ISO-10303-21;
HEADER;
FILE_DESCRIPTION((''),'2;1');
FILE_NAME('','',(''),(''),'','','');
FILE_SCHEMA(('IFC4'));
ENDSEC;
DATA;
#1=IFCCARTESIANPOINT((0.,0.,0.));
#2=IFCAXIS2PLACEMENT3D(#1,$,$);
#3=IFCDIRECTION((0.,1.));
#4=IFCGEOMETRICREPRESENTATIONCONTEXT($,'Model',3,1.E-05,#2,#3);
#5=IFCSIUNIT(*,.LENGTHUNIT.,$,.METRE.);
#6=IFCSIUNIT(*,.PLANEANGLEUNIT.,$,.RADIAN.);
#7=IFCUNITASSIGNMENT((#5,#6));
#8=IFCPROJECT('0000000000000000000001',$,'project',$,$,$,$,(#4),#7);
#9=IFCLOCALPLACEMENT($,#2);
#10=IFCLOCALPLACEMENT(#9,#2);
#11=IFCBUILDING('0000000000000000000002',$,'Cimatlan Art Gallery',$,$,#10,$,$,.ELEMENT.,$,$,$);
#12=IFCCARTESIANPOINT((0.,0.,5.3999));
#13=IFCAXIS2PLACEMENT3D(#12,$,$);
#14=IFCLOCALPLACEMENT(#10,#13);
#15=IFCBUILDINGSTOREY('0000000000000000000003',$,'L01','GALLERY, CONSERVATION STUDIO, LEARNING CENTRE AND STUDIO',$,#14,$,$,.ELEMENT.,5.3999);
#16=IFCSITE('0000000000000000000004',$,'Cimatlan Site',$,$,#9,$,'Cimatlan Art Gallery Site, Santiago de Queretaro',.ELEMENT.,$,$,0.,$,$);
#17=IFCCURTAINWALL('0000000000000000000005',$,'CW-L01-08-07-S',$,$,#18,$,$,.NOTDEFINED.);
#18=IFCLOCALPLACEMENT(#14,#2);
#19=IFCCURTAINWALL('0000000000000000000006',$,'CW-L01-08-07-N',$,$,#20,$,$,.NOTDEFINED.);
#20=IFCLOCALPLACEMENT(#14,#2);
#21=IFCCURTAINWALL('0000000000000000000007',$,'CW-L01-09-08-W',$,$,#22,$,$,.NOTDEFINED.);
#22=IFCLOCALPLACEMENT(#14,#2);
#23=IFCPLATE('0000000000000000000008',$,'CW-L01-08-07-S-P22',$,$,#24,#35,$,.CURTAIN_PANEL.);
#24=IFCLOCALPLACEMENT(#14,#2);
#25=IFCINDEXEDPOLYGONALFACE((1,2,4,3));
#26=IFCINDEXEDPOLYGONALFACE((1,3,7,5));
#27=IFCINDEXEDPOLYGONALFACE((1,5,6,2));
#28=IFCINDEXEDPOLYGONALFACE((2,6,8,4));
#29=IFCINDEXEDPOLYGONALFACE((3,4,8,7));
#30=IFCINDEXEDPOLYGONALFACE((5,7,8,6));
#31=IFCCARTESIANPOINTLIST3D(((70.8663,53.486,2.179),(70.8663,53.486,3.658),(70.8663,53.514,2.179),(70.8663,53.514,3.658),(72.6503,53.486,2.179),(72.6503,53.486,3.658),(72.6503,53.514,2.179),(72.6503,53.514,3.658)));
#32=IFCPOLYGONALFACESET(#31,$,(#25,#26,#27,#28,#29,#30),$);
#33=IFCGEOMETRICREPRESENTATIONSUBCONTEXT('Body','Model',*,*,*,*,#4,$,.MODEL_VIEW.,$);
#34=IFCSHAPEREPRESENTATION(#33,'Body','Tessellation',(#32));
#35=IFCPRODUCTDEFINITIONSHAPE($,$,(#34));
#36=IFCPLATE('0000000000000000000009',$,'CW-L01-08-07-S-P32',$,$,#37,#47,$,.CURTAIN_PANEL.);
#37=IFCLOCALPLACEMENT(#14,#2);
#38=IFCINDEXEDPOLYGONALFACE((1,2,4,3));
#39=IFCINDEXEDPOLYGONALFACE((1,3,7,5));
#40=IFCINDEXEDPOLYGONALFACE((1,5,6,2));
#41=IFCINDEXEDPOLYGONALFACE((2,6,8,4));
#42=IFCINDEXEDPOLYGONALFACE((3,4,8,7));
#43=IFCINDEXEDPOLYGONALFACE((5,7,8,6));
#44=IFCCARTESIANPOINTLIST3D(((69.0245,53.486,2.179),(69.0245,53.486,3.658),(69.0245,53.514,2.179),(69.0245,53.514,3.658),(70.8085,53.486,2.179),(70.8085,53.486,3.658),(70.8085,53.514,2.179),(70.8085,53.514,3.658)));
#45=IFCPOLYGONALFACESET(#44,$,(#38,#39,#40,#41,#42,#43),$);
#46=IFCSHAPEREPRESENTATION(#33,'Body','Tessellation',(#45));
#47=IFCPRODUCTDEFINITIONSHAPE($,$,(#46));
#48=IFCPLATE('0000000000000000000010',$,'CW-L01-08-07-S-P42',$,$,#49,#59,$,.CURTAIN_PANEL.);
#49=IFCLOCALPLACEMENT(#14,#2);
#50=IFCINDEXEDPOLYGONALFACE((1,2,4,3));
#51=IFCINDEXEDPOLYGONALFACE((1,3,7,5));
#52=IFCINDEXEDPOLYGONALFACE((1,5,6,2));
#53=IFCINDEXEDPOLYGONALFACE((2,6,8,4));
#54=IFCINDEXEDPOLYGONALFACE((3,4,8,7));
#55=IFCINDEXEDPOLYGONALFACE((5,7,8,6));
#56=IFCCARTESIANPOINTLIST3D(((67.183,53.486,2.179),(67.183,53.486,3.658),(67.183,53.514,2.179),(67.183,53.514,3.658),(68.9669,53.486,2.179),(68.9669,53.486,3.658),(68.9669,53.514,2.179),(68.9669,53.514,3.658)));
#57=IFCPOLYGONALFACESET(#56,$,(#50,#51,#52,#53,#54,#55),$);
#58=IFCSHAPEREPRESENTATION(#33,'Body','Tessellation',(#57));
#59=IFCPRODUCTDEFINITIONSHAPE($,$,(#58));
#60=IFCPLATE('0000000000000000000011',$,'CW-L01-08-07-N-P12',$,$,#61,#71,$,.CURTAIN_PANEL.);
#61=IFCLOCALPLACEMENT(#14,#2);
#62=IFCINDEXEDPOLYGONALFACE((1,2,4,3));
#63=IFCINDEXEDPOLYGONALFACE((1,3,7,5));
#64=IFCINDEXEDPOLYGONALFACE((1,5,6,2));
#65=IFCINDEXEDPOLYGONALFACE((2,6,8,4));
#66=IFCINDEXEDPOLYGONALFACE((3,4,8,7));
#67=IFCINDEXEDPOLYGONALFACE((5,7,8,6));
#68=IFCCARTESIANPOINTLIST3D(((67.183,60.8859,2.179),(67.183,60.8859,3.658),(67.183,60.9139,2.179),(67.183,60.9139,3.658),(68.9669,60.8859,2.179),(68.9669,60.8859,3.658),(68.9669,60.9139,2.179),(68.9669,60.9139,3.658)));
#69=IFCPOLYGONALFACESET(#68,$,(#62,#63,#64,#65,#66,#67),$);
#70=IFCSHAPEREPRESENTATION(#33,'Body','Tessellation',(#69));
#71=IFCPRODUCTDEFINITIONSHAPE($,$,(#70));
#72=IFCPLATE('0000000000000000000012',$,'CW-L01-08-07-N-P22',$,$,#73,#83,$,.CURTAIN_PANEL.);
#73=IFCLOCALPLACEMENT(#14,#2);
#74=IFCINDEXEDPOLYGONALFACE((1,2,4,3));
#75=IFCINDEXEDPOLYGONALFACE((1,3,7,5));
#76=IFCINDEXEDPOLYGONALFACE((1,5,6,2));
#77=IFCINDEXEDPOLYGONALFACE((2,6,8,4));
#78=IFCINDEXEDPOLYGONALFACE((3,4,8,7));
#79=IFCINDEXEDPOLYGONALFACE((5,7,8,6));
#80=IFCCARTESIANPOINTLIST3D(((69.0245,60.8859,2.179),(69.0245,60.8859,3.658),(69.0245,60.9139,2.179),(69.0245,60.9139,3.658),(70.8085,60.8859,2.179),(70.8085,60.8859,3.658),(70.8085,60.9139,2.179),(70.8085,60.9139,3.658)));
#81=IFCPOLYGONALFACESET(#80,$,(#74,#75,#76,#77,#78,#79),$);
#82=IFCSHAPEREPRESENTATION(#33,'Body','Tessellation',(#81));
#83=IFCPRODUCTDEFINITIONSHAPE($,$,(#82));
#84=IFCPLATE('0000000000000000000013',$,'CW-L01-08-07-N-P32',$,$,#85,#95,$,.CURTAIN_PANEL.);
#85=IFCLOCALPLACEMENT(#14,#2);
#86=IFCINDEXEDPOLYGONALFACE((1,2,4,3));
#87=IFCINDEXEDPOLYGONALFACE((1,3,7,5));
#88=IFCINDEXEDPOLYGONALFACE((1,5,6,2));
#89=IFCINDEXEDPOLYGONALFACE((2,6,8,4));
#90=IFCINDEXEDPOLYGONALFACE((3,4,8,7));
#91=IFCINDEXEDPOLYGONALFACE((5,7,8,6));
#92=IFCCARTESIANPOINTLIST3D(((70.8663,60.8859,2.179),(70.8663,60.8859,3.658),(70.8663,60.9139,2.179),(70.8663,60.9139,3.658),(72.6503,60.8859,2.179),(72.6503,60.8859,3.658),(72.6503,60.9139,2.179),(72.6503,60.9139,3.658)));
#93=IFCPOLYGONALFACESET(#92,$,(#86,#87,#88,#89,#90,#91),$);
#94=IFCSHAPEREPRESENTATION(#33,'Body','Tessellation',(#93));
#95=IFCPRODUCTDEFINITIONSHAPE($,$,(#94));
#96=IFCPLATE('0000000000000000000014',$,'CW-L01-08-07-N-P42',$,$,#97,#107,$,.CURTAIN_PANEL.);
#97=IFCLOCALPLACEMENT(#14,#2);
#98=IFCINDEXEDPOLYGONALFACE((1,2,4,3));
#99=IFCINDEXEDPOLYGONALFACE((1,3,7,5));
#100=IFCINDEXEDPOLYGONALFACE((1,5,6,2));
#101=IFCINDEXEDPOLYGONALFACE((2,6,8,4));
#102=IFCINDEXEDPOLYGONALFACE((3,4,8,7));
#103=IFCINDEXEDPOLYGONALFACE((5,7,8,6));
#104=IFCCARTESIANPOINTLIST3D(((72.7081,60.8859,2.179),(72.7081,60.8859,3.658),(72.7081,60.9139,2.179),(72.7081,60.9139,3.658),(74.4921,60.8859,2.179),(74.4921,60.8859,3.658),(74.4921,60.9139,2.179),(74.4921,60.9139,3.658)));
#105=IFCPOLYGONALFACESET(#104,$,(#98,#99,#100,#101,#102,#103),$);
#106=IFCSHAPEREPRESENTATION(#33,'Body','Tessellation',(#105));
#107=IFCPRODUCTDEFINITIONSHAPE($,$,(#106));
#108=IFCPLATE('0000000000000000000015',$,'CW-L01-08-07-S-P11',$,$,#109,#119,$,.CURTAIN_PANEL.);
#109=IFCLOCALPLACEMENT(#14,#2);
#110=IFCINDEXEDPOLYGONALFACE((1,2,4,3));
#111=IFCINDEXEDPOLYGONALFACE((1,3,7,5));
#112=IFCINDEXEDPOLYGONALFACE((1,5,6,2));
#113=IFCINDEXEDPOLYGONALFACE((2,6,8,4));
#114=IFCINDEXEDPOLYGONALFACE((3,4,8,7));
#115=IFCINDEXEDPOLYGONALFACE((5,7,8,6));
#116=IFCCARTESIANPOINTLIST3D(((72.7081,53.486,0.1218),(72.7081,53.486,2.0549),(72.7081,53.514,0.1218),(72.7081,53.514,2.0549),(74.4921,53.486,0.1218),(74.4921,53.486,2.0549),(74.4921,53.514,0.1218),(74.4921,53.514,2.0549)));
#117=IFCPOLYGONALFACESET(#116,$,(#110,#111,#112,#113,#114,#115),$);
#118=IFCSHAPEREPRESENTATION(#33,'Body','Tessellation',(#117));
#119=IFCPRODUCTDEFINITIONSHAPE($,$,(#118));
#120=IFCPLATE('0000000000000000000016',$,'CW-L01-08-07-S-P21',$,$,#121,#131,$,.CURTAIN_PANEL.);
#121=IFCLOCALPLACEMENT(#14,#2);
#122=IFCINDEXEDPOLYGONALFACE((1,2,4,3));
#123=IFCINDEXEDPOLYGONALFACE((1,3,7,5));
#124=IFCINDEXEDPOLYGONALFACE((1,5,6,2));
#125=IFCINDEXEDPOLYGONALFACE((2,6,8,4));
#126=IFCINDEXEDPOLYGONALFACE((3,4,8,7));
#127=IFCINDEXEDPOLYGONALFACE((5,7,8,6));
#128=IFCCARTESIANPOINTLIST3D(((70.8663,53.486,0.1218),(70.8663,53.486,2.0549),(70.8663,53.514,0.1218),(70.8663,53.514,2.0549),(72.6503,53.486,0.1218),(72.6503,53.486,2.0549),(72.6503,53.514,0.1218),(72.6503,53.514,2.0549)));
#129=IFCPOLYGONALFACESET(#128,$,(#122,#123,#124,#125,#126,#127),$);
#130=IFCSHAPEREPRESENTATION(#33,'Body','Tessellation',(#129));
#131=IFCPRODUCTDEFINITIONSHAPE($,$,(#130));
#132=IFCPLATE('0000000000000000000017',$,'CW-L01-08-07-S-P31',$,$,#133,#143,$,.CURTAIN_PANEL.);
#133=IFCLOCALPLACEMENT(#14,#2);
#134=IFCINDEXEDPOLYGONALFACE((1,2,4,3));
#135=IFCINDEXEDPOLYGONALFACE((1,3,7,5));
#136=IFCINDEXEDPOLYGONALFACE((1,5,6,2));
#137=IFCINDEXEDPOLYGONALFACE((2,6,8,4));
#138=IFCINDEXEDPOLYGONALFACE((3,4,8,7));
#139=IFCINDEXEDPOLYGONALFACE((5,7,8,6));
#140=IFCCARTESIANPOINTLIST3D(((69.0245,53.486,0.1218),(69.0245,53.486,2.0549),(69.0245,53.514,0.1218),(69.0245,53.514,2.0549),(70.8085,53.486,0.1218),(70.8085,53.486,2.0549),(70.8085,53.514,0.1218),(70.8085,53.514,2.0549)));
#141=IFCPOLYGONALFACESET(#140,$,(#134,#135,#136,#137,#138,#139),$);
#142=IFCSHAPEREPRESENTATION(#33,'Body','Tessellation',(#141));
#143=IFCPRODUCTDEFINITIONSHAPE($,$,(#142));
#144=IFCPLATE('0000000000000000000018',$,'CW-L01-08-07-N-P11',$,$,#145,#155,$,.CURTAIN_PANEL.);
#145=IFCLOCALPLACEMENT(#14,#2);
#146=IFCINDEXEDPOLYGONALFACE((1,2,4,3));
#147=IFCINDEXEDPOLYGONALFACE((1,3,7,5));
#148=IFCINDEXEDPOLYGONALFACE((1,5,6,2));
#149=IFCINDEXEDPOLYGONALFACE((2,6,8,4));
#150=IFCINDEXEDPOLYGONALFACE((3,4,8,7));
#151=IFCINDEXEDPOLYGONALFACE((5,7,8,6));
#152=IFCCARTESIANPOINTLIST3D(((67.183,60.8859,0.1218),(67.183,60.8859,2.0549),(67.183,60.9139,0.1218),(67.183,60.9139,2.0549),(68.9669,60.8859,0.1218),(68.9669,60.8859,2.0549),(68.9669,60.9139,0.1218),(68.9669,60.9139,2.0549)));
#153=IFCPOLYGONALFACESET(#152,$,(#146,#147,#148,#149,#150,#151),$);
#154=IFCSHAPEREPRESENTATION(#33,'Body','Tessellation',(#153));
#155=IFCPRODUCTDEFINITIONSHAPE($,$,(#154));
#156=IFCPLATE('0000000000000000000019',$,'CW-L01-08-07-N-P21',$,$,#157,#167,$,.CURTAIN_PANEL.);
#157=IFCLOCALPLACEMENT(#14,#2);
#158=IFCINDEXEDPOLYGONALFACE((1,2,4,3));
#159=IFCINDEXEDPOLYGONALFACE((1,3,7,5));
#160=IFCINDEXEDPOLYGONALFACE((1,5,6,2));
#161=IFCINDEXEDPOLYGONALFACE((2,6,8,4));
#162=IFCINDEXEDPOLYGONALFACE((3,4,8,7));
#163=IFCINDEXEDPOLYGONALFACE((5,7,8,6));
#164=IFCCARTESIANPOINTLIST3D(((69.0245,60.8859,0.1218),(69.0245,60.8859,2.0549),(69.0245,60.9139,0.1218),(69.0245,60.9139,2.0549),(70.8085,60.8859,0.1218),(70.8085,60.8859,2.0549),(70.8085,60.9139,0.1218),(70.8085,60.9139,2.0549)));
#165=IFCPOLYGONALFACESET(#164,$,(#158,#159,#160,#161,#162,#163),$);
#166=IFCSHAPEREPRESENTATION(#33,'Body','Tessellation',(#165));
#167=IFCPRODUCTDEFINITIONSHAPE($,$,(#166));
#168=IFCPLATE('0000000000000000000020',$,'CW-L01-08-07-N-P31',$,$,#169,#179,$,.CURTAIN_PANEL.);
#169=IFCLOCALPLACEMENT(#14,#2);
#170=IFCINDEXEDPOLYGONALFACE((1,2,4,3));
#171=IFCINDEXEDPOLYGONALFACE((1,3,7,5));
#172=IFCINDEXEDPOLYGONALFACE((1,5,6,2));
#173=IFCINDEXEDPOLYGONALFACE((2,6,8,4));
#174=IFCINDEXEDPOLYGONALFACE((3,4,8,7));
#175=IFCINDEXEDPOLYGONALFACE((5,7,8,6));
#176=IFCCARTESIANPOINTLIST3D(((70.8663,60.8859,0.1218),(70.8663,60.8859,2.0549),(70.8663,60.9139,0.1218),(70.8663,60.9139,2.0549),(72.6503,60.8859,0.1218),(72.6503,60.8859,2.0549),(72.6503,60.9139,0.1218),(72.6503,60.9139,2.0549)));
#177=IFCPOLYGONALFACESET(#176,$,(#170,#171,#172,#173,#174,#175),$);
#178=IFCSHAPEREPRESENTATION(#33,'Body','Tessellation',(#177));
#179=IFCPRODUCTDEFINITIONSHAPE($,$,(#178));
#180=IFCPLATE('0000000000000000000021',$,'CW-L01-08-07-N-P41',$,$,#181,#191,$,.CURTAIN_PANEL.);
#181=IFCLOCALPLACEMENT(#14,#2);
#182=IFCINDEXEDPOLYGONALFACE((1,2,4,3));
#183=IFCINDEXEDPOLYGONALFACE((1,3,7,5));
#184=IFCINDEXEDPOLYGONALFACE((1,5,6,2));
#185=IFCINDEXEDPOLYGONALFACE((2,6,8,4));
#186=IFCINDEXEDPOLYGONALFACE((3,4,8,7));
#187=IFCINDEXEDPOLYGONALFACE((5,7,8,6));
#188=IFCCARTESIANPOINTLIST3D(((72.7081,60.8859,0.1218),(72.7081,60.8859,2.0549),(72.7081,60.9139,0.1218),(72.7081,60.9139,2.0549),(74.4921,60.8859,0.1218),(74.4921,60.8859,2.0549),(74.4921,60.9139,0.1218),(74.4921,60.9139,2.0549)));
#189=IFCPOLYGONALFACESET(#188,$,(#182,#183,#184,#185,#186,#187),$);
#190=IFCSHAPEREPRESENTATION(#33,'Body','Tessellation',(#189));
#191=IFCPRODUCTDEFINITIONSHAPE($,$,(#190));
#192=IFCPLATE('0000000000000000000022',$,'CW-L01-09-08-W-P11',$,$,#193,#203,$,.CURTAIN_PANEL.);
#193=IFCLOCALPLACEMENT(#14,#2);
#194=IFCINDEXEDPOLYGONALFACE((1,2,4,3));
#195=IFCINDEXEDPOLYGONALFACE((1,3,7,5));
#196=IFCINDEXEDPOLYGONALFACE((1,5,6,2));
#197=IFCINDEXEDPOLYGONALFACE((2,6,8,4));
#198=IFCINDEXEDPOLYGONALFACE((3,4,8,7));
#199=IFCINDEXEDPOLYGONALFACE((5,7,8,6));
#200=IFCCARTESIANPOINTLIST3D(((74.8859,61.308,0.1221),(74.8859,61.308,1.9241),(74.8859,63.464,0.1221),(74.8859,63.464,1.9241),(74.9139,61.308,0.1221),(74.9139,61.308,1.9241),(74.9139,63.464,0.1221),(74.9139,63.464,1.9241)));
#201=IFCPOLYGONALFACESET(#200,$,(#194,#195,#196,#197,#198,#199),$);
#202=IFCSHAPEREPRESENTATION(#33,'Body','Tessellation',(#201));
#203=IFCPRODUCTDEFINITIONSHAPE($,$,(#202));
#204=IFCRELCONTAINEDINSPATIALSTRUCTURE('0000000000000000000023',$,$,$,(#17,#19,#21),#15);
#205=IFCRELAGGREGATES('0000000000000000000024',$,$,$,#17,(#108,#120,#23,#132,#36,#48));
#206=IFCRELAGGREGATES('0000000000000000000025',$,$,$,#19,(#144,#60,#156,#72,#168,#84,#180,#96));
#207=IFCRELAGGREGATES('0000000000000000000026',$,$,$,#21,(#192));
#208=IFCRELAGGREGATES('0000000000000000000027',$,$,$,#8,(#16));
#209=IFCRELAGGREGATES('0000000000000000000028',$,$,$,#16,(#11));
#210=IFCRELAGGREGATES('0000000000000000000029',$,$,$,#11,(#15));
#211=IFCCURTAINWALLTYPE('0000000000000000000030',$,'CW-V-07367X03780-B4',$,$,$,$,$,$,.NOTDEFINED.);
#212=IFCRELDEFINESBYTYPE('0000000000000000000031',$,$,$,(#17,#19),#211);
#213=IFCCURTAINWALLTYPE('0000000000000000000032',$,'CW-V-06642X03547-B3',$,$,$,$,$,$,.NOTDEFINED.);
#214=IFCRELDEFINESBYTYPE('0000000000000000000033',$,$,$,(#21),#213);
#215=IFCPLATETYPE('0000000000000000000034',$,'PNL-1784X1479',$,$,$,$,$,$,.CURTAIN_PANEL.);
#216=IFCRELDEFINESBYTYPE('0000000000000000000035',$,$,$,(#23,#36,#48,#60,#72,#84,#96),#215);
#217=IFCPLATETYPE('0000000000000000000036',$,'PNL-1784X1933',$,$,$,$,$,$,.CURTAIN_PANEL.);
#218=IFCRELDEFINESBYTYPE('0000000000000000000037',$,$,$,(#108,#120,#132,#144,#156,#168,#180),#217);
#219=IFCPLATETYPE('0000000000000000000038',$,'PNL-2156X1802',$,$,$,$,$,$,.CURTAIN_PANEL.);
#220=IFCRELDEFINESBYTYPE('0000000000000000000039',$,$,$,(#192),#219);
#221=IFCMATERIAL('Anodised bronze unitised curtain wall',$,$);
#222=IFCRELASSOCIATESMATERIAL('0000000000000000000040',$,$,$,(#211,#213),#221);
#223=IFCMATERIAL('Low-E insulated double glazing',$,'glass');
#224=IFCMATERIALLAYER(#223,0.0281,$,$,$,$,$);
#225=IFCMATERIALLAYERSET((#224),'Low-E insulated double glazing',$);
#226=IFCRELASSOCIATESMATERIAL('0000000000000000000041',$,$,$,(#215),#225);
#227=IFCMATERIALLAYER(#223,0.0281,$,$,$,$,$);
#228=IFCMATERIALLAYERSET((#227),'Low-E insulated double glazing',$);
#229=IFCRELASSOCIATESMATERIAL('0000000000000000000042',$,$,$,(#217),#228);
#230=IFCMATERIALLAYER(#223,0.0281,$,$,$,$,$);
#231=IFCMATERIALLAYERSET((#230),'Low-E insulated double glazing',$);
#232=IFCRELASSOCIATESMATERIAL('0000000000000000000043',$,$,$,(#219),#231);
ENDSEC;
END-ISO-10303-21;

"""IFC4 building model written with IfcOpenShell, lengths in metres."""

from ifc_helpers import new_model, si_unit, direction, frame, origin, origin_2d, place, context, subcontext, project, spatial, rectangle, extrude, material, layer, layer_set, type_object, element, aggregate, save


model = new_model("IFC4")

# Units and contexts
model_context = context("Model", 3, precision=1e-05, world=origin(), true_north=direction((0.0, 1.0)))
body_context = subcontext(model_context, "Body", "Model", "MODEL_VIEW")
ifc_project = project(units=[si_unit("LENGTHUNIT", "METRE"), si_unit("PLANEANGLEUNIT", "RADIAN")], contexts=[model_context])

# Site, building, storey
site_placement = place(None, origin())
site = spatial("IfcSite", under=ifc_project, at=site_placement, Name="Cimatlan Site", LongName="Cimatlan Art Gallery Site, Santiago de Queretaro", CompositionType="ELEMENT", RefElevation=0.0)
building_placement = place(site_placement, origin())
building = spatial("IfcBuilding", under=site, at=building_placement, Name="Cimatlan Art Gallery", CompositionType="ELEMENT")
storey_placement = place(building_placement, frame((0.0, 0.0, 5.3999)))
storey = spatial("IfcBuildingStorey", under=building, at=storey_placement, Name="L01", Description="GALLERY, CONSERVATION STUDIO, LEARNING CENTRE AND STUDIO", CompositionType="ELEMENT", Elevation=5.3999)

# Curtain walls
ifc_material_1 = material(Name="Anodised bronze unitised curtain wall")
curtain_wall_type_1 = type_object("IfcCurtainWallType", Name="CW-V-07367X03780-B4", PredefinedType="NOTDEFINED", material=ifc_material_1)
curtain_wall_1_placement = place(storey_placement, origin())
curtain_wall_1 = element("IfcCurtainWall", 1, at=curtain_wall_1_placement, inside=storey, type_object=curtain_wall_type_1, Name="CW-L01-08-07-S", PredefinedType="NOTDEFINED")
curtain_wall_2_placement = place(storey_placement, origin())
curtain_wall_2 = element("IfcCurtainWall", 2, at=curtain_wall_2_placement, inside=storey, type_object=curtain_wall_type_1, Name="CW-L01-08-07-N", PredefinedType="NOTDEFINED")

# Curtain wall
curtain_wall_type_2 = type_object("IfcCurtainWallType", Name="CW-V-06642X03547-B3", PredefinedType="NOTDEFINED", material=ifc_material_1)
curtain_wall_3_placement = place(storey_placement, origin())
curtain_wall_3 = element("IfcCurtainWall", 3, at=curtain_wall_3_placement, inside=storey, type_object=curtain_wall_type_2, Name="CW-L01-09-08-W", PredefinedType="NOTDEFINED")

# Plates
ifc_material_2 = material(Name="Low-E insulated double glazing", Category="glass")
ifc_layer_1 = layer(ifc_material_2, 0.0281)
ifc_layer_set_1 = layer_set([ifc_layer_1], Name="Low-E insulated double glazing")
plate_type_1 = type_object("IfcPlateType", Name="PNL-1784X1479", PredefinedType="CURTAIN_PANEL", material=ifc_layer_set_1)
plate_1_placement = place(storey_placement, frame((71.7583, 53.5, 2.179), z_axis=(0.0, 0.0, 1.0), x_axis=(-1.0, 0.0, 0.0)))
plate_1 = element("IfcPlate", 4, at=plate_1_placement, type_object=plate_type_1, Name="CW-L01-08-07-S-P22", PredefinedType="CURTAIN_PANEL", context=body_context, shape_type="SweptSolid", body=[
    extrude(rectangle(XDim=1.7839, YDim=0.0281, at=origin_2d()), origin(), (0.0, 0.0, 1.0), 1.479),
])
plate_2_placement = place(storey_placement, frame((69.9165, 53.5, 2.179), z_axis=(0.0, 0.0, 1.0), x_axis=(-1.0, 0.0, 0.0)))
plate_2 = element("IfcPlate", 5, at=plate_2_placement, type_object=plate_type_1, Name="CW-L01-08-07-S-P32", PredefinedType="CURTAIN_PANEL", context=body_context, shape_type="SweptSolid", body=[
    extrude(rectangle(XDim=1.7839, YDim=0.0281, at=origin_2d()), origin(), (0.0, 0.0, 1.0), 1.479),
])
plate_3_placement = place(storey_placement, frame((68.075, 53.5, 2.179), z_axis=(0.0, 0.0, 1.0), x_axis=(-1.0, 0.0, 0.0)))
plate_3 = element("IfcPlate", 6, at=plate_3_placement, type_object=plate_type_1, Name="CW-L01-08-07-S-P42", PredefinedType="CURTAIN_PANEL", context=body_context, shape_type="SweptSolid", body=[
    extrude(rectangle(XDim=1.7839, YDim=0.0281, at=origin_2d()), origin(), (0.0, 0.0, 1.0), 1.479),
])
plate_4_placement = place(storey_placement, frame((68.075, 60.8999, 2.179), z_axis=(0.0, 0.0, 1.0), x_axis=(1.0, 0.0, 0.0)))
plate_4 = element("IfcPlate", 7, at=plate_4_placement, type_object=plate_type_1, Name="CW-L01-08-07-N-P12", PredefinedType="CURTAIN_PANEL", context=body_context, shape_type="SweptSolid", body=[
    extrude(rectangle(XDim=1.7839, YDim=0.0281, at=origin_2d()), origin(), (0.0, 0.0, 1.0), 1.479),
])
plate_5_placement = place(storey_placement, frame((69.9165, 60.8999, 2.179), z_axis=(0.0, 0.0, 1.0), x_axis=(1.0, 0.0, 0.0)))
plate_5 = element("IfcPlate", 8, at=plate_5_placement, type_object=plate_type_1, Name="CW-L01-08-07-N-P22", PredefinedType="CURTAIN_PANEL", context=body_context, shape_type="SweptSolid", body=[
    extrude(rectangle(XDim=1.7839, YDim=0.0281, at=origin_2d()), origin(), (0.0, 0.0, 1.0), 1.479),
])
plate_6_placement = place(storey_placement, frame((71.7583, 60.8999, 2.179), z_axis=(0.0, 0.0, 1.0), x_axis=(1.0, 0.0, 0.0)))
plate_6 = element("IfcPlate", 9, at=plate_6_placement, type_object=plate_type_1, Name="CW-L01-08-07-N-P32", PredefinedType="CURTAIN_PANEL", context=body_context, shape_type="SweptSolid", body=[
    extrude(rectangle(XDim=1.7839, YDim=0.0281, at=origin_2d()), origin(), (0.0, 0.0, 1.0), 1.479),
])
plate_7_placement = place(storey_placement, frame((73.6001, 60.8999, 2.179), z_axis=(0.0, 0.0, 1.0), x_axis=(1.0, 0.0, 0.0)))
plate_7 = element("IfcPlate", 10, at=plate_7_placement, type_object=plate_type_1, Name="CW-L01-08-07-N-P42", PredefinedType="CURTAIN_PANEL", context=body_context, shape_type="SweptSolid", body=[
    extrude(rectangle(XDim=1.7839, YDim=0.0281, at=origin_2d()), origin(), (0.0, 0.0, 1.0), 1.479),
])
ifc_layer_2 = layer(ifc_material_2, 0.0281)
ifc_layer_set_2 = layer_set([ifc_layer_2], Name="Low-E insulated double glazing")
plate_type_2 = type_object("IfcPlateType", Name="PNL-1784X1933", PredefinedType="CURTAIN_PANEL", material=ifc_layer_set_2)
plate_8_placement = place(storey_placement, frame((73.6001, 53.5, 0.1218), z_axis=(0.0, 0.0, 1.0), x_axis=(-1.0, 0.0, 0.0)))
plate_8 = element("IfcPlate", 11, at=plate_8_placement, type_object=plate_type_2, Name="CW-L01-08-07-S-P11", PredefinedType="CURTAIN_PANEL", context=body_context, shape_type="SweptSolid", body=[
    extrude(rectangle(XDim=1.7839, YDim=0.0281, at=origin_2d()), origin(), (0.0, 0.0, 1.0), 1.9331),
])
plate_9_placement = place(storey_placement, frame((71.7583, 53.5, 0.1218), z_axis=(0.0, 0.0, 1.0), x_axis=(-1.0, 0.0, 0.0)))
plate_9 = element("IfcPlate", 12, at=plate_9_placement, type_object=plate_type_2, Name="CW-L01-08-07-S-P21", PredefinedType="CURTAIN_PANEL", context=body_context, shape_type="SweptSolid", body=[
    extrude(rectangle(XDim=1.7839, YDim=0.0281, at=origin_2d()), origin(), (0.0, 0.0, 1.0), 1.9331),
])
plate_10_placement = place(storey_placement, frame((69.9165, 53.5, 0.1218), z_axis=(0.0, 0.0, 1.0), x_axis=(-1.0, 0.0, 0.0)))
plate_10 = element("IfcPlate", 13, at=plate_10_placement, type_object=plate_type_2, Name="CW-L01-08-07-S-P31", PredefinedType="CURTAIN_PANEL", context=body_context, shape_type="SweptSolid", body=[
    extrude(rectangle(XDim=1.7839, YDim=0.0281, at=origin_2d()), origin(), (0.0, 0.0, 1.0), 1.9331),
])
aggregate(curtain_wall_1, [plate_8, plate_9, plate_1, plate_10, plate_2, plate_3])
plate_11_placement = place(storey_placement, frame((68.075, 60.8999, 0.1218), z_axis=(0.0, 0.0, 1.0), x_axis=(1.0, 0.0, 0.0)))
plate_11 = element("IfcPlate", 14, at=plate_11_placement, type_object=plate_type_2, Name="CW-L01-08-07-N-P11", PredefinedType="CURTAIN_PANEL", context=body_context, shape_type="SweptSolid", body=[
    extrude(rectangle(XDim=1.7839, YDim=0.0281, at=origin_2d()), origin(), (0.0, 0.0, 1.0), 1.9331),
])
plate_12_placement = place(storey_placement, frame((69.9165, 60.8999, 0.1218), z_axis=(0.0, 0.0, 1.0), x_axis=(1.0, 0.0, 0.0)))
plate_12 = element("IfcPlate", 15, at=plate_12_placement, type_object=plate_type_2, Name="CW-L01-08-07-N-P21", PredefinedType="CURTAIN_PANEL", context=body_context, shape_type="SweptSolid", body=[
    extrude(rectangle(XDim=1.7839, YDim=0.0281, at=origin_2d()), origin(), (0.0, 0.0, 1.0), 1.9331),
])
plate_13_placement = place(storey_placement, frame((71.7583, 60.8999, 0.1218), z_axis=(0.0, 0.0, 1.0), x_axis=(1.0, 0.0, 0.0)))
plate_13 = element("IfcPlate", 16, at=plate_13_placement, type_object=plate_type_2, Name="CW-L01-08-07-N-P31", PredefinedType="CURTAIN_PANEL", context=body_context, shape_type="SweptSolid", body=[
    extrude(rectangle(XDim=1.7839, YDim=0.0281, at=origin_2d()), origin(), (0.0, 0.0, 1.0), 1.9331),
])
plate_14_placement = place(storey_placement, frame((73.6001, 60.8999, 0.1218), z_axis=(0.0, 0.0, 1.0), x_axis=(1.0, 0.0, 0.0)))
plate_14 = element("IfcPlate", 17, at=plate_14_placement, type_object=plate_type_2, Name="CW-L01-08-07-N-P41", PredefinedType="CURTAIN_PANEL", context=body_context, shape_type="SweptSolid", body=[
    extrude(rectangle(XDim=1.7839, YDim=0.0281, at=origin_2d()), origin(), (0.0, 0.0, 1.0), 1.9331),
])
aggregate(curtain_wall_2, [plate_11, plate_4, plate_12, plate_5, plate_13, plate_6, plate_14, plate_7])
ifc_layer_3 = layer(ifc_material_2, 0.0281)
ifc_layer_set_3 = layer_set([ifc_layer_3], Name="Low-E insulated double glazing")
plate_type_3 = type_object("IfcPlateType", Name="PNL-2156X1802", PredefinedType="CURTAIN_PANEL", material=ifc_layer_set_3)
plate_15_placement = place(storey_placement, frame((74.8999, 62.386, 0.1221), z_axis=(0.0, 0.0, 1.0), x_axis=(0.0, 1.0, 0.0)))
plate_15 = element("IfcPlate", 18, at=plate_15_placement, type_object=plate_type_3, Name="CW-L01-09-08-W-P11", PredefinedType="CURTAIN_PANEL", context=body_context, shape_type="SweptSolid", body=[
    extrude(rectangle(XDim=2.156, YDim=0.0281, at=origin_2d()), origin(), (0.0, 0.0, 1.0), 1.802),
])
aggregate(curtain_wall_3, [plate_15])

save(model, "model.ifc")
